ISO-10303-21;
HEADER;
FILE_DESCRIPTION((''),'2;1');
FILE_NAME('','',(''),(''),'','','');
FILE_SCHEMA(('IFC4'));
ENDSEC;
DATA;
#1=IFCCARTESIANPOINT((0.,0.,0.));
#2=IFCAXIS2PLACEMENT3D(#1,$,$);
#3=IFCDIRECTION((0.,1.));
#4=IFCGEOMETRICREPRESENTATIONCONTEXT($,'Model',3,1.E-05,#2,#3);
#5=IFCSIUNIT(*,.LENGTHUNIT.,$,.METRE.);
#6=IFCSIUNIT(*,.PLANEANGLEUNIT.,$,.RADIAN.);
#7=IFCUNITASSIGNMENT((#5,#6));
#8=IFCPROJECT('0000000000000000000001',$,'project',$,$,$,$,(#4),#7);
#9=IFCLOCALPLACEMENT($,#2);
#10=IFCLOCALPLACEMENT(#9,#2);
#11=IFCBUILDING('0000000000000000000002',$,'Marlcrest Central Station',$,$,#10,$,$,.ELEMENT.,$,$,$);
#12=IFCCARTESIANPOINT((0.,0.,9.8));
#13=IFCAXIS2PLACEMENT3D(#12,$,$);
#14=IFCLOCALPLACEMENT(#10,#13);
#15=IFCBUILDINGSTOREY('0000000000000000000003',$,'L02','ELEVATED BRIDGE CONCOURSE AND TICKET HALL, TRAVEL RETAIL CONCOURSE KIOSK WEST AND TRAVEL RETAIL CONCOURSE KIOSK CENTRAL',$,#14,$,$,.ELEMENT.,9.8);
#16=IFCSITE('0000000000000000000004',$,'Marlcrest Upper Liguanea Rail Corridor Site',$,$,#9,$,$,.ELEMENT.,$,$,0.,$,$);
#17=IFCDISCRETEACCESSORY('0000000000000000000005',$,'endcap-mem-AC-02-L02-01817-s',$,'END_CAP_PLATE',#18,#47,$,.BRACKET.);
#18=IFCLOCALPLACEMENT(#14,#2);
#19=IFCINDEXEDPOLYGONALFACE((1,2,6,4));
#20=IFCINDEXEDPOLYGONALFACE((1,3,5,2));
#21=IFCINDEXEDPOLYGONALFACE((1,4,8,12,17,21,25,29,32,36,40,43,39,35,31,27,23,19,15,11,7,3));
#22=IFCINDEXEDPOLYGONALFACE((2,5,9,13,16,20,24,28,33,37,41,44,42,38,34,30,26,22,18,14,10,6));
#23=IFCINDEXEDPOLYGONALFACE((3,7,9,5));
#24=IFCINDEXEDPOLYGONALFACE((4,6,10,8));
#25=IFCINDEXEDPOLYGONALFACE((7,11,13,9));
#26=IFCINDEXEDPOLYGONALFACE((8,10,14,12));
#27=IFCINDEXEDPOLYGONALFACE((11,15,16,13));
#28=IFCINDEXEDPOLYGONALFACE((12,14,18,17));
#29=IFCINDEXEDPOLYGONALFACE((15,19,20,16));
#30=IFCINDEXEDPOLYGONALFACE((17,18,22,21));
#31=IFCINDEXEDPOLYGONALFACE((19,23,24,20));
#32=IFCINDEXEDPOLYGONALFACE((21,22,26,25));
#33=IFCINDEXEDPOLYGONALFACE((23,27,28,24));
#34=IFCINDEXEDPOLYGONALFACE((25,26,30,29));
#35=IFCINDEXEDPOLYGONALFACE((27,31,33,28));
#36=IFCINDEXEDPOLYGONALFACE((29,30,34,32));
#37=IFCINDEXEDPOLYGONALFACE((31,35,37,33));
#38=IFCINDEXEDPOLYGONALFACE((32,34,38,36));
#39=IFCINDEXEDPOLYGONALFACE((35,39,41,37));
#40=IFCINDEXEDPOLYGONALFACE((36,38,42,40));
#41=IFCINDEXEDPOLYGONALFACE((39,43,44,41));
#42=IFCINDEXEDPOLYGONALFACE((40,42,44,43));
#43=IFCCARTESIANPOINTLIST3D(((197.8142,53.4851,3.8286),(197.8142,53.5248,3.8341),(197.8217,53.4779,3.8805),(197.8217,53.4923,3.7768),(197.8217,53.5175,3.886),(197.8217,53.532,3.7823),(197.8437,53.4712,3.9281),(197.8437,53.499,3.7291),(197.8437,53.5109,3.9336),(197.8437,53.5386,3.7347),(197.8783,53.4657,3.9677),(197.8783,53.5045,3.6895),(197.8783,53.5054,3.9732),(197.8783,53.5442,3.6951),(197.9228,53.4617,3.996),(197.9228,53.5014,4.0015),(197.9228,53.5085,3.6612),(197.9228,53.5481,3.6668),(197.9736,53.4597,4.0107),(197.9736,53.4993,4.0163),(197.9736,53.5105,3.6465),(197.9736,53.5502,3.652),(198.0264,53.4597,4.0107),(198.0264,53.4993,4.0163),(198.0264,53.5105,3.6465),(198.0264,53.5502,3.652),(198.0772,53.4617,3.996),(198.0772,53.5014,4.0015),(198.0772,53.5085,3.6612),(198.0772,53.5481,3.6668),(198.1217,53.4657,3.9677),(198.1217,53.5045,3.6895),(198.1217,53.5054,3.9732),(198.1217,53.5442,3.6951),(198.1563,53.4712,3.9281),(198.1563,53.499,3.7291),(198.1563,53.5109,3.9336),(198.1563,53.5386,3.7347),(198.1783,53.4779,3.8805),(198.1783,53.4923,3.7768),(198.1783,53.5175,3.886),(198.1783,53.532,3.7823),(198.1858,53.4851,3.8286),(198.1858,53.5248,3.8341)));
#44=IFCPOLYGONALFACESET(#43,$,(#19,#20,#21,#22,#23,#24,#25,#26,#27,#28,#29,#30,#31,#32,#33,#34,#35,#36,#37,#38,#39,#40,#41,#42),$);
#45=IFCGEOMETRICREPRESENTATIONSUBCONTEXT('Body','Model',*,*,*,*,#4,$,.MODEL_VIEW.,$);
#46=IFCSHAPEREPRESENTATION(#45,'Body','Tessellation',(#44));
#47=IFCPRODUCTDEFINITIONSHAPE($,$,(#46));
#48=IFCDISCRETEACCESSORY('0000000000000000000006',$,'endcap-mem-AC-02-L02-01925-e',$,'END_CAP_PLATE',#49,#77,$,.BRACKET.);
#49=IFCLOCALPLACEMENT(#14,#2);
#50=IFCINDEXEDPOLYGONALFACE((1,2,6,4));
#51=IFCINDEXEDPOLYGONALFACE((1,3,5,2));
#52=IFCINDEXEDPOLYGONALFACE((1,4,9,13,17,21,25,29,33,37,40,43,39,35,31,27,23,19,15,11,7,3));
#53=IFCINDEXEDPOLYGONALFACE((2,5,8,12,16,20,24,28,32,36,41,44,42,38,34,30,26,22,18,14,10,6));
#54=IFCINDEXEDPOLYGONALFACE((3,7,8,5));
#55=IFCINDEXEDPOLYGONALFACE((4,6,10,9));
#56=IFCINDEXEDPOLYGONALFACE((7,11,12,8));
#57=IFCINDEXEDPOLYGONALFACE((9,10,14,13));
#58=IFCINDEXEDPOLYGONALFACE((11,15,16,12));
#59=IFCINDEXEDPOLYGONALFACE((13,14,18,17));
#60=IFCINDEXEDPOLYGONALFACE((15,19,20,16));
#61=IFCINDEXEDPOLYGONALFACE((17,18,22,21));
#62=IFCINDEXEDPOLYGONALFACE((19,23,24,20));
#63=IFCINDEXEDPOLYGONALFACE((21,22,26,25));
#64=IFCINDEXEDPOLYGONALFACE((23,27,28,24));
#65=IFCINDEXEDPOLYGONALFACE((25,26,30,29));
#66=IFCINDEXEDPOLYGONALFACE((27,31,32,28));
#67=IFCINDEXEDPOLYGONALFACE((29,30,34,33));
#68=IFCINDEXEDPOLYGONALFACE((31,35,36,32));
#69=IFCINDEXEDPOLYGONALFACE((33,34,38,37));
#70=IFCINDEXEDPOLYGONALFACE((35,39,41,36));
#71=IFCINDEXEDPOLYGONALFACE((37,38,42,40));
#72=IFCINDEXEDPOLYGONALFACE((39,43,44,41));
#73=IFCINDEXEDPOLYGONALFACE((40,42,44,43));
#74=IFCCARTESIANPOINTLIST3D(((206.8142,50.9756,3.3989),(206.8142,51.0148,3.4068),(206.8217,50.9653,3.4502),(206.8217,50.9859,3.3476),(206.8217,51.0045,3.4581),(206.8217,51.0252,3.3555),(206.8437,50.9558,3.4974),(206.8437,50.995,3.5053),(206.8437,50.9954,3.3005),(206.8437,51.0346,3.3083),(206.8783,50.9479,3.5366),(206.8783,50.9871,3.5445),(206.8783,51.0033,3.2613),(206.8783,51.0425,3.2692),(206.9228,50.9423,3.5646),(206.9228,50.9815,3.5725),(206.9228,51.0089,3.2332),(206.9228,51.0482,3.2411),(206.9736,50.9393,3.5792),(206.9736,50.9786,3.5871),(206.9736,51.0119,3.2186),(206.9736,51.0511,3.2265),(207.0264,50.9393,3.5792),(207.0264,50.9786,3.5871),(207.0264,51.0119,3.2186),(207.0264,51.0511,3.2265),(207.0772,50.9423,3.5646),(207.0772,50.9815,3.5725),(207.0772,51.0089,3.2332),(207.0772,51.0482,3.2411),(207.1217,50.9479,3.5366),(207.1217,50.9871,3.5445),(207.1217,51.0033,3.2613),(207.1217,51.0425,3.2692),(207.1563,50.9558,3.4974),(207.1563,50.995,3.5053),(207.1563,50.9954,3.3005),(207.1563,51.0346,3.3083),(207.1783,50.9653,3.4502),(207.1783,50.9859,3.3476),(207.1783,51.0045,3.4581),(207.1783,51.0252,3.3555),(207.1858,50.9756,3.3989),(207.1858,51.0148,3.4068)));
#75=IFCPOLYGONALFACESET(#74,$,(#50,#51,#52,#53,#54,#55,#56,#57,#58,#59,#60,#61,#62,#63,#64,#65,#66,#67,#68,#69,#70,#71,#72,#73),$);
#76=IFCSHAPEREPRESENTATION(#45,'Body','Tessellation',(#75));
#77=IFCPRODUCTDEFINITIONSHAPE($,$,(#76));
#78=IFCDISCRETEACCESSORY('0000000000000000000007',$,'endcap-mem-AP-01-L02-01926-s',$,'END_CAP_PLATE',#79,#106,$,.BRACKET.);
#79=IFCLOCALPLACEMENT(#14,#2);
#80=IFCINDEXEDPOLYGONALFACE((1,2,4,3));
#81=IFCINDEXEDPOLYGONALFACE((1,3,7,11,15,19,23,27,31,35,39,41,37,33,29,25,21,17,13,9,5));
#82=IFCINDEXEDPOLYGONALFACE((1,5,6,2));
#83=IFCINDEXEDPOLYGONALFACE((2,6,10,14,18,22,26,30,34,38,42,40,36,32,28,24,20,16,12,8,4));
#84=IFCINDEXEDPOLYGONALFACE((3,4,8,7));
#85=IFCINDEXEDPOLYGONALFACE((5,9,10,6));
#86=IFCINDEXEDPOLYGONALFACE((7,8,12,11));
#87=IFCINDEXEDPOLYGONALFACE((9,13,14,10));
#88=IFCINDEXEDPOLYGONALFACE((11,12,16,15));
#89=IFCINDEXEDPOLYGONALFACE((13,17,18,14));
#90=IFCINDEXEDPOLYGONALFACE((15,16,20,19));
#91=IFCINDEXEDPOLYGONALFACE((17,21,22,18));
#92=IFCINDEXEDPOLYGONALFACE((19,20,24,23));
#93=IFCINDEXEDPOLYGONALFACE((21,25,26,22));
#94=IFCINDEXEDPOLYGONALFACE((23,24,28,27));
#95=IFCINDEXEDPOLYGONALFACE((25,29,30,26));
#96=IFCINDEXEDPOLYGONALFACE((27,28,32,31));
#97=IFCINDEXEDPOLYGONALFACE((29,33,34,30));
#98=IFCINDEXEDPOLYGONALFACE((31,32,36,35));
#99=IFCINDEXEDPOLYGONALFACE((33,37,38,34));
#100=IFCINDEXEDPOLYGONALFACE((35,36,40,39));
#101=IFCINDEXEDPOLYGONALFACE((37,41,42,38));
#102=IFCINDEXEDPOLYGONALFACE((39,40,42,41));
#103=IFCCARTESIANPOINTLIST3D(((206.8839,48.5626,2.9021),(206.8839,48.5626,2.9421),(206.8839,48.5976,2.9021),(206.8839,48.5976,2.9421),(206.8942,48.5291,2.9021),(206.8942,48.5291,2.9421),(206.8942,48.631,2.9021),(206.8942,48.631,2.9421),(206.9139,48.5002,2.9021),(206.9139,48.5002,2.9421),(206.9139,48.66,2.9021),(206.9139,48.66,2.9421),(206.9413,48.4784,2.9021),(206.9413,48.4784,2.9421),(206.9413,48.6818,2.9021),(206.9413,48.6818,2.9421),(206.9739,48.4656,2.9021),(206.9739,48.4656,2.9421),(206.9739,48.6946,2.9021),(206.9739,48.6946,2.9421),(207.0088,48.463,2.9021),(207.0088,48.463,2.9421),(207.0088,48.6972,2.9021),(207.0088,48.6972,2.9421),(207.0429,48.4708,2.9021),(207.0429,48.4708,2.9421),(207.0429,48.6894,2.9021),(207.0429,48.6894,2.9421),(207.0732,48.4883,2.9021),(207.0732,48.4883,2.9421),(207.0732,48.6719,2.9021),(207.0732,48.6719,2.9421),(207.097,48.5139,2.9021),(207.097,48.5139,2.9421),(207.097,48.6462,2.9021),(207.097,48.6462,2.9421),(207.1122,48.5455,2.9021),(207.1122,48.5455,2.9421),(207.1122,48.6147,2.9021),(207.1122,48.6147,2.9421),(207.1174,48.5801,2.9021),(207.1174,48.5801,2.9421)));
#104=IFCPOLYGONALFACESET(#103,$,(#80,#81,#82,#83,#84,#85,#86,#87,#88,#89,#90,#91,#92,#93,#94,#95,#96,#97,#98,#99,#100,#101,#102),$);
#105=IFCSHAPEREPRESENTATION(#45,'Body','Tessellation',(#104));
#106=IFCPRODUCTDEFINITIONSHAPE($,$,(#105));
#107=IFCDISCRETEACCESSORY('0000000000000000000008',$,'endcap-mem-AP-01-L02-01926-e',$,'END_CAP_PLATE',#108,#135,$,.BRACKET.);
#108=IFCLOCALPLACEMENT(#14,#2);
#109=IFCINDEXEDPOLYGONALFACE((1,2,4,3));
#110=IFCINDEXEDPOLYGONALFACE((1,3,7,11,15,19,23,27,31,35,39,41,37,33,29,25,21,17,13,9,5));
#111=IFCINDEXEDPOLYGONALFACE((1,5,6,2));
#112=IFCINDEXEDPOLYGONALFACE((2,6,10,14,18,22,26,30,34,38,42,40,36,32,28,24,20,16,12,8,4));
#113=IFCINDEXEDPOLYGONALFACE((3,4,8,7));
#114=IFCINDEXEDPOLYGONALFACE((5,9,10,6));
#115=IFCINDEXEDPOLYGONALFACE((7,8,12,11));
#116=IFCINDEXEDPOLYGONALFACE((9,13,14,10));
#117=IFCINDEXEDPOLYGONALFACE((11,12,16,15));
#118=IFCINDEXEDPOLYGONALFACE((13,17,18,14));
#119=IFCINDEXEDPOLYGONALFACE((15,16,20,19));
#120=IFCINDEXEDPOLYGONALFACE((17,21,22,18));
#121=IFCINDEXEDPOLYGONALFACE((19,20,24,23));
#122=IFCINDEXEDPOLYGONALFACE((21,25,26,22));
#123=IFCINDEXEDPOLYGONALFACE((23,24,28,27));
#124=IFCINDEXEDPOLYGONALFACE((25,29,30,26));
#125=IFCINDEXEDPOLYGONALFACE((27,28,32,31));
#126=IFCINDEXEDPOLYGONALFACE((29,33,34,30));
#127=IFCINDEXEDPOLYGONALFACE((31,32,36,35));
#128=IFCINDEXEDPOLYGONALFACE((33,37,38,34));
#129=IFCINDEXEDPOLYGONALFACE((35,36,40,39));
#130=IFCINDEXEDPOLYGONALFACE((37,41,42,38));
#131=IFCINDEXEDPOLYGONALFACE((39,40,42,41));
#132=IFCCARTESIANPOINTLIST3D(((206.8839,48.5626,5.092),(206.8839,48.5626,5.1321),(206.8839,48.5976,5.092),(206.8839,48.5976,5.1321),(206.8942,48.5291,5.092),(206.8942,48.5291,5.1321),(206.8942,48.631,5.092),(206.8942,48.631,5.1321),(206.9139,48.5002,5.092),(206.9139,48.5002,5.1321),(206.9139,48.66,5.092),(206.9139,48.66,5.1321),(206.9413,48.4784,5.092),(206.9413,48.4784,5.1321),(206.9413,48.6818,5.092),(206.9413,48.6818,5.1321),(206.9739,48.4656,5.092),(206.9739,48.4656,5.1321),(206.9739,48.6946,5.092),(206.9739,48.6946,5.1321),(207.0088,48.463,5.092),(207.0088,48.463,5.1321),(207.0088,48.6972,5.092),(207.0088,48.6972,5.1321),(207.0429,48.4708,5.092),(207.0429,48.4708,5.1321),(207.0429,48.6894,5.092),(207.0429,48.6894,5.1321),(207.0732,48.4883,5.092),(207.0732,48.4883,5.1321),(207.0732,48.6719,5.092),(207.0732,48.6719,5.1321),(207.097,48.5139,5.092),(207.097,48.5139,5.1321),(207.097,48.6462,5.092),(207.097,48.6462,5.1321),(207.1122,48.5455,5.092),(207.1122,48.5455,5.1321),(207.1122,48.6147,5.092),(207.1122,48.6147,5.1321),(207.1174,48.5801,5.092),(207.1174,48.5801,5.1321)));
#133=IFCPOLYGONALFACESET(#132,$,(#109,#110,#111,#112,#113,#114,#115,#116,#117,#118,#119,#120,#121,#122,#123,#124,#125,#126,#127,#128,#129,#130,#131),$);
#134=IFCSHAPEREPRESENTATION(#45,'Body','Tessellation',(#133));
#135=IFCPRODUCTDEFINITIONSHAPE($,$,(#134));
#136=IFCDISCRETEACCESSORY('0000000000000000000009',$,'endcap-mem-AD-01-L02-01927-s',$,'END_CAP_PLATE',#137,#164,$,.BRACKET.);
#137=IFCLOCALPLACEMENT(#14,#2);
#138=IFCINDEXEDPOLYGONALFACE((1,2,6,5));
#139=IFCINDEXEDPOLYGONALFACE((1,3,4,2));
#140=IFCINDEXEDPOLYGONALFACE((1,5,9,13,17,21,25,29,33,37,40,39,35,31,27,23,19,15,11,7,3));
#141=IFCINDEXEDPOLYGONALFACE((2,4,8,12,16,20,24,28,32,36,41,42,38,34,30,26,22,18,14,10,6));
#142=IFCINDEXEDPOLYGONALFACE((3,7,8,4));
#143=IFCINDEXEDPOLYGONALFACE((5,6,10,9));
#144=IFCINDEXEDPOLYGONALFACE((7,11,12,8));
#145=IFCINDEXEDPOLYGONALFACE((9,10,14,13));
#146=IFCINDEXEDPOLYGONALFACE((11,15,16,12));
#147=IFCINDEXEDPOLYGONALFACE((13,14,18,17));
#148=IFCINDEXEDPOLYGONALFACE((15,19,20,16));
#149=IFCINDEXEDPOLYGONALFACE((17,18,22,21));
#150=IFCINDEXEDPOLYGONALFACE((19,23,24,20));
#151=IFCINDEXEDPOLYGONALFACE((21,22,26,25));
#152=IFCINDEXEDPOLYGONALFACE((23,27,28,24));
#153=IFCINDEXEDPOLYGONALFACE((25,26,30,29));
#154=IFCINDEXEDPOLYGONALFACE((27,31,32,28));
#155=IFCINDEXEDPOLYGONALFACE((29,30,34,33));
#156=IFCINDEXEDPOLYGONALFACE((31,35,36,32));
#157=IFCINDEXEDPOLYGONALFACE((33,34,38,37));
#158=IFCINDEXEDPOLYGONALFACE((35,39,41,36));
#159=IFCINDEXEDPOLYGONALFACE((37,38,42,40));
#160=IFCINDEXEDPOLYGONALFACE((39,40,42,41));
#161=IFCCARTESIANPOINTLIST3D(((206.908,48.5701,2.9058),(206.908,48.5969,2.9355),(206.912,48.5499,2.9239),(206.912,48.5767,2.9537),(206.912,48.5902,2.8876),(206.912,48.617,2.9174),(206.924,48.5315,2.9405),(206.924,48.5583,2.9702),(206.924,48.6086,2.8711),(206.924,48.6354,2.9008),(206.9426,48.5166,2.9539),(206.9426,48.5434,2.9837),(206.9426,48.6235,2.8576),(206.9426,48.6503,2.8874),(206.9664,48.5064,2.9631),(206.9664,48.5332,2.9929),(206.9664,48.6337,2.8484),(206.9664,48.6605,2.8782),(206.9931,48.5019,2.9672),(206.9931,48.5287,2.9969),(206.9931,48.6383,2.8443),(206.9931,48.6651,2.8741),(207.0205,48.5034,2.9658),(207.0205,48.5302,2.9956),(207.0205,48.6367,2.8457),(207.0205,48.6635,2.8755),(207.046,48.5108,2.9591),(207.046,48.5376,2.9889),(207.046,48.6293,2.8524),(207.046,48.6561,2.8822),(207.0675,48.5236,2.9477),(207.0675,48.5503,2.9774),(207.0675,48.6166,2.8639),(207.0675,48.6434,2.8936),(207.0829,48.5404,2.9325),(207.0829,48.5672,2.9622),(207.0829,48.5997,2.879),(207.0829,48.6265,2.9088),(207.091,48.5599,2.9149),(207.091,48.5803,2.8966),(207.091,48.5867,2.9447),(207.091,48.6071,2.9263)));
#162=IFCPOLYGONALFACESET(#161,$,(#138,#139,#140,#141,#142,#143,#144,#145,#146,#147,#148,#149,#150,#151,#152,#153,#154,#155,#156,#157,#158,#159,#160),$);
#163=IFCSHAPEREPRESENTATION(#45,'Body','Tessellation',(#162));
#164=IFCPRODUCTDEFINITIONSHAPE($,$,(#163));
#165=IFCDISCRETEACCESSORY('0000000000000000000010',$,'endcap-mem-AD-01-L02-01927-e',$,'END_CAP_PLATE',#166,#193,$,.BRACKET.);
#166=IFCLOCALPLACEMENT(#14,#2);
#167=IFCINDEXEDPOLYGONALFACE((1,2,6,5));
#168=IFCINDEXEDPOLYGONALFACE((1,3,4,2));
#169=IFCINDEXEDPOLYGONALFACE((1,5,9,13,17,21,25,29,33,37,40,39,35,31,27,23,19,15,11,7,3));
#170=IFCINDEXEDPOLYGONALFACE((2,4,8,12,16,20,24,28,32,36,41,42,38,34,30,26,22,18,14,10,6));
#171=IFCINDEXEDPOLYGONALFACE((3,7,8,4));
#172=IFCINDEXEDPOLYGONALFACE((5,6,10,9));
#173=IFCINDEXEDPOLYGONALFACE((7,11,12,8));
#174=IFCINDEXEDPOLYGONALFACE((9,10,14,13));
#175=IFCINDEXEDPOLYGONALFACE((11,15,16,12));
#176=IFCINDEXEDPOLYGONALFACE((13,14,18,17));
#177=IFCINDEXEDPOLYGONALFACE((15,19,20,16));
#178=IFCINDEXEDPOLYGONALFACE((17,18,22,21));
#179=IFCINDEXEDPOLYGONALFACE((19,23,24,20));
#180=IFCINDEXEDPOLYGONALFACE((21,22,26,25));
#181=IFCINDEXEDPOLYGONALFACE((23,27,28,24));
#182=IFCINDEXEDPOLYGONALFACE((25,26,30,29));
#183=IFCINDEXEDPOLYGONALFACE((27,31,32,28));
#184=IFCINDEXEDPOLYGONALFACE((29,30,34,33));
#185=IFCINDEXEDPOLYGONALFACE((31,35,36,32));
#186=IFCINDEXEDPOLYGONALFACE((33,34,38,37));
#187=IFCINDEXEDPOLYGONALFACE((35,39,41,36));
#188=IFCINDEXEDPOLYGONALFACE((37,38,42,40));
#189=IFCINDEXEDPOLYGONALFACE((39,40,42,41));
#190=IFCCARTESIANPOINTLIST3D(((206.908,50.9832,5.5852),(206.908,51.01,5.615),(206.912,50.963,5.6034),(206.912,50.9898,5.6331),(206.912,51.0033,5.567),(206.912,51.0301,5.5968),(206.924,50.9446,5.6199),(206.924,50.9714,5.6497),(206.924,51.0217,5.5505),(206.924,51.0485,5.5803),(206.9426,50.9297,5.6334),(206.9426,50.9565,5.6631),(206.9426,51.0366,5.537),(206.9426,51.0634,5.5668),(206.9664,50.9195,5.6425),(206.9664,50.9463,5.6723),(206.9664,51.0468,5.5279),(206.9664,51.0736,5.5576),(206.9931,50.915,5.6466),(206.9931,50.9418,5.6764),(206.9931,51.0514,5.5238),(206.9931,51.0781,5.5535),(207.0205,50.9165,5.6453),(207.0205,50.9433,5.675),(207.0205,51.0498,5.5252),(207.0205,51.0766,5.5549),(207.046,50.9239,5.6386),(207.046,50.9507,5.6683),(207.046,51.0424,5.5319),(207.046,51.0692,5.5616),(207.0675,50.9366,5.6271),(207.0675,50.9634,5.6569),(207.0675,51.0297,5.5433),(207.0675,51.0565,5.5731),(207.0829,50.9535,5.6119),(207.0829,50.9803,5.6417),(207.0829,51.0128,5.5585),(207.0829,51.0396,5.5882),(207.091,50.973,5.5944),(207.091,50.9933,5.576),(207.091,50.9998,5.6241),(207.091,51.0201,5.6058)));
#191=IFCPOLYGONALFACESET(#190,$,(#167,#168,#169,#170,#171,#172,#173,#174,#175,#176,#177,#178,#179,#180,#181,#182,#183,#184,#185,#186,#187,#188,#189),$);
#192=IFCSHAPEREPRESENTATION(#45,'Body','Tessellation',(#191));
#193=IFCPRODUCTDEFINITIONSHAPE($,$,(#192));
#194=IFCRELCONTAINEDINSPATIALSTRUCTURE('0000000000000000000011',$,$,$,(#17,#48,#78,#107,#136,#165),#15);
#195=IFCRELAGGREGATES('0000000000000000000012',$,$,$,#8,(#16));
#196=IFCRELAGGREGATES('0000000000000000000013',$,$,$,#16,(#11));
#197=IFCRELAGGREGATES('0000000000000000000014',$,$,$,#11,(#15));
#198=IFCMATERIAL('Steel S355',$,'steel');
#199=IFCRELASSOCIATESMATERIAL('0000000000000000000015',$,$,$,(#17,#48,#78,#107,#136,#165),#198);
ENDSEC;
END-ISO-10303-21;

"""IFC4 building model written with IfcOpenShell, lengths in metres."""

from ifc_helpers import new_model, si_unit, direction, frame, origin, origin_2d, place, context, subcontext, project, spatial, circle, extrude, material, element, save


model = new_model("IFC4")

# Units and contexts
model_context = context("Model", 3, precision=1e-05, world=origin(), true_north=direction((0.0, 1.0)))
body_context = subcontext(model_context, "Body", "Model", "MODEL_VIEW")
ifc_project = project(units=[si_unit("LENGTHUNIT", "METRE"), si_unit("PLANEANGLEUNIT", "RADIAN")], contexts=[model_context])

# Site, building, storey
site_placement = place(None, origin())
site = spatial("IfcSite", under=ifc_project, at=site_placement, Name="Marlcrest Upper Liguanea Rail Corridor Site", CompositionType="ELEMENT", RefElevation=0.0)
building_placement = place(site_placement, origin())
building = spatial("IfcBuilding", under=site, at=building_placement, Name="Marlcrest Central Station", CompositionType="ELEMENT")
storey_placement = place(building_placement, frame((0.0, 0.0, 9.8)))
storey = spatial("IfcBuildingStorey", under=building, at=storey_placement, Name="L02", Description="ELEVATED BRIDGE CONCOURSE AND TICKET HALL, TRAVEL RETAIL CONCOURSE KIOSK WEST AND TRAVEL RETAIL CONCOURSE KIOSK CENTRAL", CompositionType="ELEMENT", Elevation=9.8)

# Shared definitions
ifc_material = material(Name="Steel S355", Category="steel")

# Discrete accessories
for number, where, z_axis, x_axis, name in (
    (1, (198.0, 53.4851, 3.8286), (0.0, 0.990403, 0.138211), (-1.0, 0.0, 0.0), "endcap-mem-AC-02-L02-01817-s"),
    (2, (207.0, 50.9756, 3.3989), (0.0, 0.980359, 0.197219), (-1.0, 0.0, 0.0), "endcap-mem-AC-02-L02-01925-e"),
):
    element("IfcDiscreteAccessory", number, at=place(storey_placement, frame(where, z_axis=z_axis, x_axis=x_axis)), inside=storey, material=ifc_material, Name=name, ObjectType="END_CAP_PLATE", PredefinedType="BRACKET", context=body_context, shape_type="SweptSolid", body=[
        extrude(circle(Radius=0.1858, at=origin_2d()), origin(), (0.0, 0.0, 1.0), 0.04),
    ])
for number, where, z_axis, x_axis, name in (
    (3, (207.0, 48.5801, 2.9021), (0.0, 0.0, 1.0), (1.0, 0.0, 0.0), "endcap-mem-AP-01-L02-01926-s"),
    (4, (207.0, 48.5801, 5.092), (0.0, 0.0, 1.0), (1.0, 0.0, 0.0), "endcap-mem-AP-01-L02-01926-e"),
):
    element("IfcDiscreteAccessory", number, at=place(storey_placement, frame(where, z_axis=z_axis, x_axis=x_axis)), inside=storey, material=ifc_material, Name=name, ObjectType="END_CAP_PLATE", PredefinedType="BRACKET", context=body_context, shape_type="SweptSolid", body=[
        extrude(circle(Radius=0.1174, at=origin_2d()), origin(), (0.0, 0.0, 1.0), 0.04),
    ])
for number, where, z_axis, x_axis, name in (
    (5, (207.0, 48.5701, 2.9058), (0.0, 0.669244, 0.743042), (-1.0, 0.0, 0.0), "endcap-mem-AD-01-L02-01927-s"),
    (6, (207.0, 50.9832, 5.5852), (0.0, 0.669244, 0.743042), (-1.0, 0.0, 0.0), "endcap-mem-AD-01-L02-01927-e"),
):
    element("IfcDiscreteAccessory", number, at=place(storey_placement, frame(where, z_axis=z_axis, x_axis=x_axis)), inside=storey, material=ifc_material, Name=name, ObjectType="END_CAP_PLATE", PredefinedType="BRACKET", context=body_context, shape_type="SweptSolid", body=[
        extrude(circle(Radius=0.092, at=origin_2d()), origin(), (0.0, 0.0, 1.0), 0.04),
    ])

save(model, "model.ifc")
